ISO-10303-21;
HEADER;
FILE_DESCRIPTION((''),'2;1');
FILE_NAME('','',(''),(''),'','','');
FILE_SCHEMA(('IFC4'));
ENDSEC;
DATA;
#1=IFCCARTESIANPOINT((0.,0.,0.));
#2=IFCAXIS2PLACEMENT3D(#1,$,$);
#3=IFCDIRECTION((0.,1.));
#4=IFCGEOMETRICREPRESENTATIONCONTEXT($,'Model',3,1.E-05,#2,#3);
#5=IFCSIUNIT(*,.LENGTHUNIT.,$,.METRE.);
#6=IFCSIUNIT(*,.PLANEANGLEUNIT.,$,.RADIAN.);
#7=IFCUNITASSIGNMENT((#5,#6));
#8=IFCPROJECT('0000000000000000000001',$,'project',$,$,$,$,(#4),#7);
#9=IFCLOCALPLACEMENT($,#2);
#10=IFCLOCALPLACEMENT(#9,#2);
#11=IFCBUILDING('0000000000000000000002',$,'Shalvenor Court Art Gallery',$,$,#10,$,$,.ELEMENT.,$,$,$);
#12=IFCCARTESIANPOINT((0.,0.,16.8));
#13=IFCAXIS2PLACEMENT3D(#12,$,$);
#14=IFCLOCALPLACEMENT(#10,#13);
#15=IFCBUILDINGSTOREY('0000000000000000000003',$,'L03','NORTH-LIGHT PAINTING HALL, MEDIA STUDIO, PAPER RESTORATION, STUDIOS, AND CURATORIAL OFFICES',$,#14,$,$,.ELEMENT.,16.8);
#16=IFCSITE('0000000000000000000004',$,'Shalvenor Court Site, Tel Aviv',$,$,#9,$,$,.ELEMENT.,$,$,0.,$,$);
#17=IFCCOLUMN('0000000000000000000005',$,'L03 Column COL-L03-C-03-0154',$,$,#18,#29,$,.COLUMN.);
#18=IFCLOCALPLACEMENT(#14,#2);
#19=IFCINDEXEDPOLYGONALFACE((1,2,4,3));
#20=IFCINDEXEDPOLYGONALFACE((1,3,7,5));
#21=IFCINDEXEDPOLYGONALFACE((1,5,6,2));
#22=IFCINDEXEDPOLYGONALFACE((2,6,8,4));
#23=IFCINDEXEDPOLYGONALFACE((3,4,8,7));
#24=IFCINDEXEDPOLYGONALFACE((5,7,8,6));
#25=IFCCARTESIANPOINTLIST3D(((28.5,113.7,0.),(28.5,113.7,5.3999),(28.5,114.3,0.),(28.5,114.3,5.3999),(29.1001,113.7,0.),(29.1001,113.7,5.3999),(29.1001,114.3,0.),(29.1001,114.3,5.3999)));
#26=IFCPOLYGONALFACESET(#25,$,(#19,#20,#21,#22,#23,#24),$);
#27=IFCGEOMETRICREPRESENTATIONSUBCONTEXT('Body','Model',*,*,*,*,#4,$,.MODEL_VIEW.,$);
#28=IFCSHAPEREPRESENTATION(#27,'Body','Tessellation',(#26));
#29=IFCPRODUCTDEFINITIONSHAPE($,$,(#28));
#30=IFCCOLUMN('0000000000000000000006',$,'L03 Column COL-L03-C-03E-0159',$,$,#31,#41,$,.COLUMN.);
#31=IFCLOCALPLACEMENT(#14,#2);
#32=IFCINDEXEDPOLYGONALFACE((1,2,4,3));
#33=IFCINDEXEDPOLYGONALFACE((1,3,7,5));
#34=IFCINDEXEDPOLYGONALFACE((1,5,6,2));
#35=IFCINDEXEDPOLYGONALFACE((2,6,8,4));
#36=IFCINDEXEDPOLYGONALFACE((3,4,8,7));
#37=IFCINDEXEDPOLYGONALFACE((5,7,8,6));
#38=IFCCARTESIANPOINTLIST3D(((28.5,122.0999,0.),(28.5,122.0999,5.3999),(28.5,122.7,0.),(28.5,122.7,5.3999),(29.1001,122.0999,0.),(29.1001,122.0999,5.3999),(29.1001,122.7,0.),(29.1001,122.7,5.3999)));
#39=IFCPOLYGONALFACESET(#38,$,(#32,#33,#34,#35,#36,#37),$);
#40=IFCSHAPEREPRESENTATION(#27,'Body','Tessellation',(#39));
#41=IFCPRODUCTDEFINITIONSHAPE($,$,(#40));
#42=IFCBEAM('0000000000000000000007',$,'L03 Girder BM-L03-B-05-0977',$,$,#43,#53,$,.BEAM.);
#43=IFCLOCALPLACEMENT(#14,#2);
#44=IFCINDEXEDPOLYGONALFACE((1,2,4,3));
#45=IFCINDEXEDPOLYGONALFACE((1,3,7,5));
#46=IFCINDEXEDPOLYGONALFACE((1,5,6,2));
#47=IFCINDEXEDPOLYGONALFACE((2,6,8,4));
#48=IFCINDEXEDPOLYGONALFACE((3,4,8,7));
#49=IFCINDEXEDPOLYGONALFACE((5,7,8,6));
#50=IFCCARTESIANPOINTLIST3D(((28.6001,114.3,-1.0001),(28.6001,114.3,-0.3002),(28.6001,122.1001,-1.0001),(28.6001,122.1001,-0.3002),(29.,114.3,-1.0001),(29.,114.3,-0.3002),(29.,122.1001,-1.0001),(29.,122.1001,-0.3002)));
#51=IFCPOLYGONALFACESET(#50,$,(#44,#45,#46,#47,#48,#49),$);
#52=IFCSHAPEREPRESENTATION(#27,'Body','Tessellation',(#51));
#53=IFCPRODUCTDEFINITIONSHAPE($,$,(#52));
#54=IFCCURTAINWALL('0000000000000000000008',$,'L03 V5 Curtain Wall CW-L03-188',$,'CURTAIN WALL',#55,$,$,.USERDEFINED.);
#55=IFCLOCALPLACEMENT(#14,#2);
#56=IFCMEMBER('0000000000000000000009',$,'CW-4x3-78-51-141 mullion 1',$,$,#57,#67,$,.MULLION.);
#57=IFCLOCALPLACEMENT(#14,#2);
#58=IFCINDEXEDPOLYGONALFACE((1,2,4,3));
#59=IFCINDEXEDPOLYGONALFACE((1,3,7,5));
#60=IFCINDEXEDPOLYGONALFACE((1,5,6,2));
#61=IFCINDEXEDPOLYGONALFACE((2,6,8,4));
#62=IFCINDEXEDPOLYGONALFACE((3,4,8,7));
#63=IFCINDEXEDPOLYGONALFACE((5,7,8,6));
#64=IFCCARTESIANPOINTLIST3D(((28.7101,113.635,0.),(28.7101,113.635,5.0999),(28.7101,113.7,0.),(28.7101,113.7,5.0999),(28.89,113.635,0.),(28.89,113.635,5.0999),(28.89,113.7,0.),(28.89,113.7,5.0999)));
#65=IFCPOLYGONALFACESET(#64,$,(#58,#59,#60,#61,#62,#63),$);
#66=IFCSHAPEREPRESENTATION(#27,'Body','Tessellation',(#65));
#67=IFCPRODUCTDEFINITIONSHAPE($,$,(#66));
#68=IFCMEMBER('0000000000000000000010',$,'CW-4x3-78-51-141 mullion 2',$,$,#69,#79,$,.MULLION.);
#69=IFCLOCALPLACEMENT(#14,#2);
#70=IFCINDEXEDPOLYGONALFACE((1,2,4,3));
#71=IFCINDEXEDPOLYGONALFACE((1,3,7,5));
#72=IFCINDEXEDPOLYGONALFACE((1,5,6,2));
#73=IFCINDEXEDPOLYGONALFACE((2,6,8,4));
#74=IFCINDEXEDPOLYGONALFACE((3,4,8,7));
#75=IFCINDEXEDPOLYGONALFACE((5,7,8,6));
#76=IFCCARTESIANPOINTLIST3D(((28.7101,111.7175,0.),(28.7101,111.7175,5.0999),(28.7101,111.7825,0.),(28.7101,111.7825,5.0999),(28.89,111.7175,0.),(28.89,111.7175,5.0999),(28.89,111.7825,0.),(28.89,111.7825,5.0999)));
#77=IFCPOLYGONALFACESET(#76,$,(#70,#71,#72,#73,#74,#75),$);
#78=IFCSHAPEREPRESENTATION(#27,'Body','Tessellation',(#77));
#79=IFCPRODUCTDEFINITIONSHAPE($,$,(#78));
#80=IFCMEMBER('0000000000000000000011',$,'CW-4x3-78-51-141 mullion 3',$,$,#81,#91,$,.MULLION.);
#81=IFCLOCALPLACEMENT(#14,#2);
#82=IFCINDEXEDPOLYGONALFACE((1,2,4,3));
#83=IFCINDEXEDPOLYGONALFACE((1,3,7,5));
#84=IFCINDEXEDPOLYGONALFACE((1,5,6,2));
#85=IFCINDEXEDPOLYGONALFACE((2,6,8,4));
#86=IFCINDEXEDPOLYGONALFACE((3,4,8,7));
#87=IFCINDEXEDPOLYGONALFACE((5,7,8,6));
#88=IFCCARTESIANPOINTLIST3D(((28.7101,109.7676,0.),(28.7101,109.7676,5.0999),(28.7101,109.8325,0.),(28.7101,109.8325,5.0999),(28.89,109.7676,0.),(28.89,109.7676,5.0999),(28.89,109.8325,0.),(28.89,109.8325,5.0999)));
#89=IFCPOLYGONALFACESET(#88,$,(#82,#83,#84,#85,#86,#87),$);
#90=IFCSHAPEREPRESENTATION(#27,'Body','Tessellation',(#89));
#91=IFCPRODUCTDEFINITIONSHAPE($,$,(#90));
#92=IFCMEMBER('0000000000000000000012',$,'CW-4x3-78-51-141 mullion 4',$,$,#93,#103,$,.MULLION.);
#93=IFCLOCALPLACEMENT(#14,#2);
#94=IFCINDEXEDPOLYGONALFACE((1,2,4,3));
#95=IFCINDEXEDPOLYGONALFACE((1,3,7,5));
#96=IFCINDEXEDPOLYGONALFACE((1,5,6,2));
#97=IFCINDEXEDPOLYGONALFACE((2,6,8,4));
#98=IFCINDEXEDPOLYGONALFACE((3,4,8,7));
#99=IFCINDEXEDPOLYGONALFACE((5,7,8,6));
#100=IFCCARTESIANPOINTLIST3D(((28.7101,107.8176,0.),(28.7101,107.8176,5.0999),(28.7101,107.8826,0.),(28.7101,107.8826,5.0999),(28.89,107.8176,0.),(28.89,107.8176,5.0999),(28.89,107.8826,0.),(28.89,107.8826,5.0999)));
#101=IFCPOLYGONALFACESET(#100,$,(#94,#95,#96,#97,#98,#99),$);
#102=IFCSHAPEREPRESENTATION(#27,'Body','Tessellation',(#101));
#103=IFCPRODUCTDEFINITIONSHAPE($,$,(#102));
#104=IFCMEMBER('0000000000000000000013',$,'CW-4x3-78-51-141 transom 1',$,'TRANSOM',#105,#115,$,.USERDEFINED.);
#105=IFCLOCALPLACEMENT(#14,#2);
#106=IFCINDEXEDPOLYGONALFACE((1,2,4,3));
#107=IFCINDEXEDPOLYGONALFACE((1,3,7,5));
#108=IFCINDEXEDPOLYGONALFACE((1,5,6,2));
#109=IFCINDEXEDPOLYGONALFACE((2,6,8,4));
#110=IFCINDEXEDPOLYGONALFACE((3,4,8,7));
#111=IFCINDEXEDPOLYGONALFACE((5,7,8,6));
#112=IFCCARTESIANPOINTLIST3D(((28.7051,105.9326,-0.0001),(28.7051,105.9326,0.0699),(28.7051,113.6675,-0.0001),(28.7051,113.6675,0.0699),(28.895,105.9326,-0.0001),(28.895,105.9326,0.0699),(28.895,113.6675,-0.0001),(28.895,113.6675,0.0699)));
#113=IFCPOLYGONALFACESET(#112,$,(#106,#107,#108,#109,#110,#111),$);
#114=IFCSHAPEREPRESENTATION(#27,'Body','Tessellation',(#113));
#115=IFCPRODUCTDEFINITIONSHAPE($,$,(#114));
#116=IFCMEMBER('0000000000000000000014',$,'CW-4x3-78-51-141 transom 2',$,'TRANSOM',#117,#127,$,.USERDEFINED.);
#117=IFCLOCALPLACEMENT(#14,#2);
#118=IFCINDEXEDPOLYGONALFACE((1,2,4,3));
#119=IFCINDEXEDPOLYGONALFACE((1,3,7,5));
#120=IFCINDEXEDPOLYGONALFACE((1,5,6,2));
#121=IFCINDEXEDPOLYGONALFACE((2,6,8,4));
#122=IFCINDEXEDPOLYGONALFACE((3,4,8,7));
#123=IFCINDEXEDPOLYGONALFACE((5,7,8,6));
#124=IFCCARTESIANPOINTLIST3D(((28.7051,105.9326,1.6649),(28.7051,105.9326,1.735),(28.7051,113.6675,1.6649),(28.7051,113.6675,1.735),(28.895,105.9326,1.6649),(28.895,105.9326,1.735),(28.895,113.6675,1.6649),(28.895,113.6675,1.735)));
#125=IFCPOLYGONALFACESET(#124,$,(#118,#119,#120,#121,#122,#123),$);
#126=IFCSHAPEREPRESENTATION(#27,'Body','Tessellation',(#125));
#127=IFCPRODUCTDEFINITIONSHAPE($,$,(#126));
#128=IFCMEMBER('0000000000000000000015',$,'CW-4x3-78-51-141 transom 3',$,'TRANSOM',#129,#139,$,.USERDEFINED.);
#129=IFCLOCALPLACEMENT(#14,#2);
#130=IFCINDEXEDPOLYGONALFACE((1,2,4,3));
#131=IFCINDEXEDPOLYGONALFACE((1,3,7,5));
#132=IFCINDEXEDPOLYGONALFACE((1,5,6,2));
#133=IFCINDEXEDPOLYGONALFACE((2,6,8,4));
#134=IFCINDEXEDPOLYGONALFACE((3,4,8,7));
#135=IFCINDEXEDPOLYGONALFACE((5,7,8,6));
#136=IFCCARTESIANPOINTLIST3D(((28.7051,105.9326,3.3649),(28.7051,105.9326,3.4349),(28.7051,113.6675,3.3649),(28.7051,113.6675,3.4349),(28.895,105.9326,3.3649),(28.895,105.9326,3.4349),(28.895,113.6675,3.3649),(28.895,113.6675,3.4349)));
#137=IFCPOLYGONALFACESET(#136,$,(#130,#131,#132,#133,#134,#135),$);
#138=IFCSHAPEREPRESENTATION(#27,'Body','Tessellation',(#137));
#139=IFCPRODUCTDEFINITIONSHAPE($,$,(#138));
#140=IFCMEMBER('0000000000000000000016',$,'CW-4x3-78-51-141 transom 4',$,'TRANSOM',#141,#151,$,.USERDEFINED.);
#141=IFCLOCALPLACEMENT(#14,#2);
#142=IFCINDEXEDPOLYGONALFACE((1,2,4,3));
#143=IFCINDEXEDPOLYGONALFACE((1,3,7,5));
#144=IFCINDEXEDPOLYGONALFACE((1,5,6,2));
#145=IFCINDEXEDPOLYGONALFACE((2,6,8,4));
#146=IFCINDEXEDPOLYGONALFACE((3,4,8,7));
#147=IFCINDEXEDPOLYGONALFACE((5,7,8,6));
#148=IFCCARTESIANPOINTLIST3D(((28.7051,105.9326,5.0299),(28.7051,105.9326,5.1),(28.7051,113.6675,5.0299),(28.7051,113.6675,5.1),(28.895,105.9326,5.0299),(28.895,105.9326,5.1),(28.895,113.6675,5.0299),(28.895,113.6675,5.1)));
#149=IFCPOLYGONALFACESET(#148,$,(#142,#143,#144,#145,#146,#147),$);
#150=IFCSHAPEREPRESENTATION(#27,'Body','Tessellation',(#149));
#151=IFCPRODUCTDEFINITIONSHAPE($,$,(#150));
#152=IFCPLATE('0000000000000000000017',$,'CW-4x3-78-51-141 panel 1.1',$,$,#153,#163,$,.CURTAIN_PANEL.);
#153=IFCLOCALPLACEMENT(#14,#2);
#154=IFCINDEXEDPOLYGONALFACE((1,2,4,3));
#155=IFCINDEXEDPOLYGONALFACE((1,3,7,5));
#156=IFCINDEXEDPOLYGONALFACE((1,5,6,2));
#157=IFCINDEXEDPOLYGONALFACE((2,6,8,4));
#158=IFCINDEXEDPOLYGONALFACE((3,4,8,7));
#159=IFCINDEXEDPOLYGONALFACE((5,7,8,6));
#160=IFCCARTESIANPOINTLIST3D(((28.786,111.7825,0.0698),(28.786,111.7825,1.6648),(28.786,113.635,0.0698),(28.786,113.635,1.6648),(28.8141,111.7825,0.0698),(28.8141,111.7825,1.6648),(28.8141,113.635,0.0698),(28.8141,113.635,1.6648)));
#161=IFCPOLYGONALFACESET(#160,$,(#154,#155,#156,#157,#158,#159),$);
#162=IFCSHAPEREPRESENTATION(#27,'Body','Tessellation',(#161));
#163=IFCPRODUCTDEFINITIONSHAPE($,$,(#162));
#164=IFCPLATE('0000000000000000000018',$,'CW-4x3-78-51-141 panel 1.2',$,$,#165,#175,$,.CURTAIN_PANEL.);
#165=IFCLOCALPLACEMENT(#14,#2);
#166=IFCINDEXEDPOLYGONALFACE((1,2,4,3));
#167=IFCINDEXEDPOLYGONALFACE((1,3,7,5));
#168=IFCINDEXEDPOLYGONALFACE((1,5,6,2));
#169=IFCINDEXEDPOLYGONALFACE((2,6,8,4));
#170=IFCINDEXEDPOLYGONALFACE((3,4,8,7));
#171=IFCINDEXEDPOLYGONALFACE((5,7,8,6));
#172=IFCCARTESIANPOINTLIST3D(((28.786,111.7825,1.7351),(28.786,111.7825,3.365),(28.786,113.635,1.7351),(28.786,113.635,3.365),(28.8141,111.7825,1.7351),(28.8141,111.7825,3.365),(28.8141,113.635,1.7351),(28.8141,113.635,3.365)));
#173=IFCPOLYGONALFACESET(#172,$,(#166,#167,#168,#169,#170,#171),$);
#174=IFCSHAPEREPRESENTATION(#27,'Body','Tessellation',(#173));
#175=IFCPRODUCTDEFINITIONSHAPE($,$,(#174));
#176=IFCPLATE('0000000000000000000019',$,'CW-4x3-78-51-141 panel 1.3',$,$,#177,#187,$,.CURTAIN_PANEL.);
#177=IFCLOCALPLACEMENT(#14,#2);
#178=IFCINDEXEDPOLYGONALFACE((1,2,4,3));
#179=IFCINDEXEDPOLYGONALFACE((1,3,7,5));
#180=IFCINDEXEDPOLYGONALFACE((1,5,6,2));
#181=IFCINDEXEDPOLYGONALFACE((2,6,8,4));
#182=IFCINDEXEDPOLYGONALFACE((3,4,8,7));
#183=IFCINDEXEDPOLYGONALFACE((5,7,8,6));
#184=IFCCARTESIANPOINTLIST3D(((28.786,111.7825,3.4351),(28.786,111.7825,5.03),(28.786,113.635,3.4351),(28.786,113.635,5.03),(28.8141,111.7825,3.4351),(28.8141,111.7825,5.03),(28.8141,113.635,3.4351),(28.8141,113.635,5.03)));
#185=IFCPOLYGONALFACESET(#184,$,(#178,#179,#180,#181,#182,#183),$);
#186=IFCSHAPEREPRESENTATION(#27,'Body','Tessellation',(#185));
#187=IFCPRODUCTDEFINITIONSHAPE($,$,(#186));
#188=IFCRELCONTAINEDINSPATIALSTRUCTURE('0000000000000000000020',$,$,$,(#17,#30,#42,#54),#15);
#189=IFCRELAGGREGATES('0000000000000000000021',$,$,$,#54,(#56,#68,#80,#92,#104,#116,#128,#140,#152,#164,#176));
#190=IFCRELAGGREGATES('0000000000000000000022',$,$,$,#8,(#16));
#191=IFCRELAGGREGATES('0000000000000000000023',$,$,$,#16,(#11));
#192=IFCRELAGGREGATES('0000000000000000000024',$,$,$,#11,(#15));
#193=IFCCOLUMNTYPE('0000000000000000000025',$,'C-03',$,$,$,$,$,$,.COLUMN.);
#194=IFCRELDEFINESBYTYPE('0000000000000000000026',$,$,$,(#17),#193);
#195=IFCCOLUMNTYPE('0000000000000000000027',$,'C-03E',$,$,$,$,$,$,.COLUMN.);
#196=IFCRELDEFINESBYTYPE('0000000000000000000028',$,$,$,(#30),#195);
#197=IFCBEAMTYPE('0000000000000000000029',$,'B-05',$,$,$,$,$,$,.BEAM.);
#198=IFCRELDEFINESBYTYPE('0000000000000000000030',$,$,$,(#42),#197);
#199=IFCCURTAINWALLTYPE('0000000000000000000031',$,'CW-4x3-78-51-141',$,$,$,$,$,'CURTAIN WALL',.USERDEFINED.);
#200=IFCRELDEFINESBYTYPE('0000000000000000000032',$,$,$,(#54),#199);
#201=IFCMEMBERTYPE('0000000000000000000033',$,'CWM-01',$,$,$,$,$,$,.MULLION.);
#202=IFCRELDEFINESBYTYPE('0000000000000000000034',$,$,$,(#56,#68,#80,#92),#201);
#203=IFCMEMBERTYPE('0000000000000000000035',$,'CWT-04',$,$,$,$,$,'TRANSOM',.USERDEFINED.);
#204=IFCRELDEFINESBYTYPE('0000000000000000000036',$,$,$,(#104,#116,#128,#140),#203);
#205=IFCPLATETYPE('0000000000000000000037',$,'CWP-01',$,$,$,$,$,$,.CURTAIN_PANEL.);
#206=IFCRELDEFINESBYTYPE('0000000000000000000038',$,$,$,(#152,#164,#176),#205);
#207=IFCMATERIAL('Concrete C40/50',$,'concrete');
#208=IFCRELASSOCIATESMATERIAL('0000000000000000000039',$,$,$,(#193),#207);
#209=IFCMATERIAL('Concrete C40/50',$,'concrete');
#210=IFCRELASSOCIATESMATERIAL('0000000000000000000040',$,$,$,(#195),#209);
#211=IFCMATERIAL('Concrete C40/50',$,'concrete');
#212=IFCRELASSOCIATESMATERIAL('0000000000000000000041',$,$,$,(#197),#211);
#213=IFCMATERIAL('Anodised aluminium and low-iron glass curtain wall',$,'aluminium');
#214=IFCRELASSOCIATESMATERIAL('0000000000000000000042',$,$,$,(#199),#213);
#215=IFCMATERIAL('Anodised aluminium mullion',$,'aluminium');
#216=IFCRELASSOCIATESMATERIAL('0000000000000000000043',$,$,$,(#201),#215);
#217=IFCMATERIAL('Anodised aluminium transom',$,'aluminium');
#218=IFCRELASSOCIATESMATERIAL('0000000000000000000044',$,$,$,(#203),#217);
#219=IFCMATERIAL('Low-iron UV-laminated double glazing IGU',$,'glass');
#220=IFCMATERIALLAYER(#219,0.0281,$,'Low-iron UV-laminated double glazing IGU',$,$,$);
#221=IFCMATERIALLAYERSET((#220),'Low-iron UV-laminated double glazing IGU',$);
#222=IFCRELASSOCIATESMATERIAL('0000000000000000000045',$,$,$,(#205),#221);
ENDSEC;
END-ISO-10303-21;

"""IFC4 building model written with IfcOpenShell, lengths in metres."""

from ifc_helpers import new_model, si_unit, direction, frame, origin, origin_2d, place, context, subcontext, project, spatial, rectangle, extrude, material, layer, layer_set, material_profile, profile_set, type_object, element, aggregate, save


model = new_model("IFC4")

# Units and contexts
model_context = context("Model", 3, precision=1e-05, world=origin(), true_north=direction((0.0, 1.0)))
body_context = subcontext(model_context, "Body", "Model", "MODEL_VIEW")
ifc_project = project(units=[si_unit("LENGTHUNIT", "METRE"), si_unit("PLANEANGLEUNIT", "RADIAN")], contexts=[model_context])

# Site, building, storey
site_placement = place(None, origin())
site = spatial("IfcSite", under=ifc_project, at=site_placement, Name="Shalvenor Court Site, Tel Aviv", CompositionType="ELEMENT", RefElevation=0.0)
building_placement = place(site_placement, origin())
building = spatial("IfcBuilding", under=site, at=building_placement, Name="Shalvenor Court Art Gallery", CompositionType="ELEMENT")
storey_placement = place(building_placement, frame((0.0, 0.0, 16.8)))
storey = spatial("IfcBuildingStorey", under=building, at=storey_placement, Name="L03", Description="NORTH-LIGHT PAINTING HALL, MEDIA STUDIO, PAPER RESTORATION, STUDIOS, AND CURATORIAL OFFICES", CompositionType="ELEMENT", Elevation=16.8)

# Columns
ifc_material_1 = material(Name="Concrete C40/50", Category="concrete")
ifc_material_profile_1 = material_profile(ifc_material_1, rectangle(XDim=0.6001, YDim=0.6001, at=origin_2d()), Name="RC 600x600")
ifc_profile_set_1 = profile_set([ifc_material_profile_1], Name="Concrete C40/50")
column_type_1 = type_object("IfcColumnType", Name="C-03", PredefinedType="COLUMN", material=ifc_profile_set_1)
column_1_placement = place(storey_placement, frame((28.8, 114.0, 0.0), z_axis=(0.0, 0.0, 1.0), x_axis=(1.0, 0.0, 0.0)))
element("IfcColumn", 1, at=column_1_placement, inside=storey, type_object=column_type_1, Name="L03 Column COL-L03-C-03-0154", PredefinedType="COLUMN", context=body_context, shape_type="SweptSolid", body=[
    extrude(rectangle(XDim=0.6001, YDim=0.6001, at=origin_2d()), origin(), (0.0, 0.0, 1.0), 5.3999),
])
ifc_material_2 = material(Name="Concrete C40/50", Category="concrete")
ifc_material_profile_2 = material_profile(ifc_material_2, rectangle(XDim=0.6001, YDim=0.6001, at=origin_2d()), Name="RC 600x600")
ifc_profile_set_2 = profile_set([ifc_material_profile_2], Name="Concrete C40/50")
column_type_2 = type_object("IfcColumnType", Name="C-03E", PredefinedType="COLUMN", material=ifc_profile_set_2)
column_2_placement = place(storey_placement, frame((28.8, 122.3999, 0.0), z_axis=(0.0, 0.0, 1.0), x_axis=(1.0, 0.0, 0.0)))
element("IfcColumn", 2, at=column_2_placement, inside=storey, type_object=column_type_2, Name="L03 Column COL-L03-C-03E-0159", PredefinedType="COLUMN", context=body_context, shape_type="SweptSolid", body=[
    extrude(rectangle(XDim=0.6001, YDim=0.6001, at=origin_2d()), origin(), (0.0, 0.0, 1.0), 5.3999),
])

# Beam
ifc_material_3 = material(Name="Concrete C40/50", Category="concrete")
ifc_material_profile_3 = material_profile(ifc_material_3, rectangle(XDim=0.3999, YDim=0.7, at=origin_2d()), Name="RC 400x700")
ifc_profile_set_3 = profile_set([ifc_material_profile_3], Name="Concrete C40/50")
beam_type = type_object("IfcBeamType", Name="B-05", PredefinedType="BEAM", material=ifc_profile_set_3)
beam_placement = place(storey_placement, frame((28.8, 114.3, -0.6501), z_axis=(0.0, 1.0, 0.0), x_axis=(-1.0, 0.0, 0.0)))
element("IfcBeam", 3, at=beam_placement, inside=storey, type_object=beam_type, Name="L03 Girder BM-L03-B-05-0977", PredefinedType="BEAM", context=body_context, shape_type="SweptSolid", body=[
    extrude(rectangle(XDim=0.3999, YDim=0.7, at=origin_2d()), origin(), (0.0, 0.0, 1.0), 7.8),
])

# Curtain wall, members, plates
ifc_material_4 = material(Name="Anodised aluminium and low-iron glass curtain wall", Category="aluminium")
curtain_wall_type = type_object("IfcCurtainWallType", Name="CW-4x3-78-51-141", ElementType="CURTAIN WALL", PredefinedType="USERDEFINED", material=ifc_material_4)
curtain_wall_placement = place(storey_placement, origin())
curtain_wall = element("IfcCurtainWall", 4, at=curtain_wall_placement, inside=storey, type_object=curtain_wall_type, Name="L03 V5 Curtain Wall CW-L03-188", ObjectType="CURTAIN WALL", PredefinedType="USERDEFINED")
ifc_material_5 = material(Name="Anodised aluminium mullion", Category="aluminium")
ifc_material_profile_4 = material_profile(ifc_material_5, rectangle(XDim=0.0649, YDim=0.1799, at=origin_2d()), Name="CWM-01")
ifc_profile_set_4 = profile_set([ifc_material_profile_4], Name="Anodised aluminium mullion")
member_type_1 = type_object("IfcMemberType", Name="CWM-01", PredefinedType="MULLION", material=ifc_profile_set_4)
member_1_placement = place(storey_placement, frame((28.8, 113.6675, 0.0), z_axis=(0.0, 0.0, 1.0), x_axis=(0.0, -1.0, 0.0)))
member_1 = element("IfcMember", 5, at=member_1_placement, type_object=member_type_1, Name="CW-4x3-78-51-141 mullion 1", PredefinedType="MULLION", context=body_context, shape_type="SweptSolid", body=[
    extrude(rectangle(XDim=0.0649, YDim=0.1799, at=origin_2d()), origin(), (0.0, 0.0, 1.0), 5.0999),
])
member_2_placement = place(storey_placement, frame((28.8, 111.75, 0.0), z_axis=(0.0, 0.0, 1.0), x_axis=(0.0, -1.0, 0.0)))
member_2 = element("IfcMember", 6, at=member_2_placement, type_object=member_type_1, Name="CW-4x3-78-51-141 mullion 2", PredefinedType="MULLION", context=body_context, shape_type="SweptSolid", body=[
    extrude(rectangle(XDim=0.0649, YDim=0.1799, at=origin_2d()), origin(), (0.0, 0.0, 1.0), 5.0999),
])
member_3_placement = place(storey_placement, frame((28.8, 109.8, 0.0), z_axis=(0.0, 0.0, 1.0), x_axis=(0.0, -1.0, 0.0)))
member_3 = element("IfcMember", 7, at=member_3_placement, type_object=member_type_1, Name="CW-4x3-78-51-141 mullion 3", PredefinedType="MULLION", context=body_context, shape_type="SweptSolid", body=[
    extrude(rectangle(XDim=0.0649, YDim=0.1799, at=origin_2d()), origin(), (0.0, 0.0, 1.0), 5.0999),
])
member_4_placement = place(storey_placement, frame((28.8, 107.8501, 0.0), z_axis=(0.0, 0.0, 1.0), x_axis=(0.0, -1.0, 0.0)))
member_4 = element("IfcMember", 8, at=member_4_placement, type_object=member_type_1, Name="CW-4x3-78-51-141 mullion 4", PredefinedType="MULLION", context=body_context, shape_type="SweptSolid", body=[
    extrude(rectangle(XDim=0.0649, YDim=0.1799, at=origin_2d()), origin(), (0.0, 0.0, 1.0), 5.0999),
])
ifc_material_6 = material(Name="Anodised aluminium transom", Category="aluminium")
ifc_material_profile_5 = material_profile(ifc_material_6, rectangle(XDim=0.1899, YDim=0.0701, at=origin_2d()), Name="CWT-04")
ifc_profile_set_5 = profile_set([ifc_material_profile_5], Name="Anodised aluminium transom")
member_type_2 = type_object("IfcMemberType", Name="CWT-04", ElementType="TRANSOM", PredefinedType="USERDEFINED", material=ifc_profile_set_5)
member_5_placement = place(storey_placement, frame((28.8, 113.6675, 0.0349), z_axis=(0.0, -1.0, 0.0), x_axis=(1.0, 0.0, 0.0)))
member_5 = element("IfcMember", 9, at=member_5_placement, type_object=member_type_2, Name="CW-4x3-78-51-141 transom 1", ObjectType="TRANSOM", PredefinedType="USERDEFINED", context=body_context, shape_type="SweptSolid", body=[
    extrude(rectangle(XDim=0.1899, YDim=0.0701, at=origin_2d()), origin(), (0.0, 0.0, 1.0), 7.7349),
])
member_6_placement = place(storey_placement, frame((28.8, 113.6675, 1.7), z_axis=(0.0, -1.0, 0.0), x_axis=(1.0, 0.0, 0.0)))
member_6 = element("IfcMember", 10, at=member_6_placement, type_object=member_type_2, Name="CW-4x3-78-51-141 transom 2", ObjectType="TRANSOM", PredefinedType="USERDEFINED", context=body_context, shape_type="SweptSolid", body=[
    extrude(rectangle(XDim=0.1899, YDim=0.0701, at=origin_2d()), origin(), (0.0, 0.0, 1.0), 7.7349),
])
member_7_placement = place(storey_placement, frame((28.8, 113.6675, 3.3999), z_axis=(0.0, -1.0, 0.0), x_axis=(1.0, 0.0, 0.0)))
member_7 = element("IfcMember", 11, at=member_7_placement, type_object=member_type_2, Name="CW-4x3-78-51-141 transom 3", ObjectType="TRANSOM", PredefinedType="USERDEFINED", context=body_context, shape_type="SweptSolid", body=[
    extrude(rectangle(XDim=0.1899, YDim=0.0701, at=origin_2d()), origin(), (0.0, 0.0, 1.0), 7.7349),
])
member_8_placement = place(storey_placement, frame((28.8, 113.6675, 5.0649), z_axis=(0.0, -1.0, 0.0), x_axis=(1.0, 0.0, 0.0)))
member_8 = element("IfcMember", 12, at=member_8_placement, type_object=member_type_2, Name="CW-4x3-78-51-141 transom 4", ObjectType="TRANSOM", PredefinedType="USERDEFINED", context=body_context, shape_type="SweptSolid", body=[
    extrude(rectangle(XDim=0.1899, YDim=0.0701, at=origin_2d()), origin(), (0.0, 0.0, 1.0), 7.7349),
])
ifc_material_7 = material(Name="Low-iron UV-laminated double glazing IGU", Category="glass")
ifc_layer_1 = layer(ifc_material_7, 0.0281, Name="Low-iron UV-laminated double glazing IGU")
ifc_layer_set_1 = layer_set([ifc_layer_1], Name="Low-iron UV-laminated double glazing IGU")
plate_type_1 = type_object("IfcPlateType", Name="CWP-01", PredefinedType="CURTAIN_PANEL", material=ifc_layer_set_1)
plate_1_placement = place(storey_placement, frame((28.8, 112.7087, 0.0698), z_axis=(0.0, 0.0, 1.0), x_axis=(0.0, -1.0, 0.0)))
plate_1 = element("IfcPlate", 13, at=plate_1_placement, type_object=plate_type_1, Name="CW-4x3-78-51-141 panel 1.1", PredefinedType="CURTAIN_PANEL", context=body_context, shape_type="SweptSolid", body=[
    extrude(rectangle(XDim=1.8525, YDim=0.0281, at=origin_2d()), origin(), (0.0, 0.0, 1.0), 1.595),
])
plate_2_placement = place(storey_placement, frame((28.8, 112.7087, 1.7351), z_axis=(0.0, 0.0, 1.0), x_axis=(0.0, -1.0, 0.0)))
plate_2 = element("IfcPlate", 14, at=plate_2_placement, type_object=plate_type_1, Name="CW-4x3-78-51-141 panel 1.2", PredefinedType="CURTAIN_PANEL", context=body_context, shape_type="SweptSolid", body=[
    extrude(rectangle(XDim=1.8525, YDim=0.0281, at=origin_2d()), origin(), (0.0, 0.0, 1.0), 1.6299),
])
plate_3_placement = place(storey_placement, frame((28.8, 112.7087, 3.4351), z_axis=(0.0, 0.0, 1.0), x_axis=(0.0, -1.0, 0.0)))
plate_3 = element("IfcPlate", 15, at=plate_3_placement, type_object=plate_type_1, Name="CW-4x3-78-51-141 panel 1.3", PredefinedType="CURTAIN_PANEL", context=body_context, shape_type="SweptSolid", body=[
    extrude(rectangle(XDim=1.8525, YDim=0.0281, at=origin_2d()), origin(), (0.0, 0.0, 1.0), 1.595),
])
aggregate(curtain_wall, [member_1, member_2, member_3, member_4, member_5, member_6, member_7, member_8, plate_1, plate_2, plate_3])

save(model, "model.ifc")
